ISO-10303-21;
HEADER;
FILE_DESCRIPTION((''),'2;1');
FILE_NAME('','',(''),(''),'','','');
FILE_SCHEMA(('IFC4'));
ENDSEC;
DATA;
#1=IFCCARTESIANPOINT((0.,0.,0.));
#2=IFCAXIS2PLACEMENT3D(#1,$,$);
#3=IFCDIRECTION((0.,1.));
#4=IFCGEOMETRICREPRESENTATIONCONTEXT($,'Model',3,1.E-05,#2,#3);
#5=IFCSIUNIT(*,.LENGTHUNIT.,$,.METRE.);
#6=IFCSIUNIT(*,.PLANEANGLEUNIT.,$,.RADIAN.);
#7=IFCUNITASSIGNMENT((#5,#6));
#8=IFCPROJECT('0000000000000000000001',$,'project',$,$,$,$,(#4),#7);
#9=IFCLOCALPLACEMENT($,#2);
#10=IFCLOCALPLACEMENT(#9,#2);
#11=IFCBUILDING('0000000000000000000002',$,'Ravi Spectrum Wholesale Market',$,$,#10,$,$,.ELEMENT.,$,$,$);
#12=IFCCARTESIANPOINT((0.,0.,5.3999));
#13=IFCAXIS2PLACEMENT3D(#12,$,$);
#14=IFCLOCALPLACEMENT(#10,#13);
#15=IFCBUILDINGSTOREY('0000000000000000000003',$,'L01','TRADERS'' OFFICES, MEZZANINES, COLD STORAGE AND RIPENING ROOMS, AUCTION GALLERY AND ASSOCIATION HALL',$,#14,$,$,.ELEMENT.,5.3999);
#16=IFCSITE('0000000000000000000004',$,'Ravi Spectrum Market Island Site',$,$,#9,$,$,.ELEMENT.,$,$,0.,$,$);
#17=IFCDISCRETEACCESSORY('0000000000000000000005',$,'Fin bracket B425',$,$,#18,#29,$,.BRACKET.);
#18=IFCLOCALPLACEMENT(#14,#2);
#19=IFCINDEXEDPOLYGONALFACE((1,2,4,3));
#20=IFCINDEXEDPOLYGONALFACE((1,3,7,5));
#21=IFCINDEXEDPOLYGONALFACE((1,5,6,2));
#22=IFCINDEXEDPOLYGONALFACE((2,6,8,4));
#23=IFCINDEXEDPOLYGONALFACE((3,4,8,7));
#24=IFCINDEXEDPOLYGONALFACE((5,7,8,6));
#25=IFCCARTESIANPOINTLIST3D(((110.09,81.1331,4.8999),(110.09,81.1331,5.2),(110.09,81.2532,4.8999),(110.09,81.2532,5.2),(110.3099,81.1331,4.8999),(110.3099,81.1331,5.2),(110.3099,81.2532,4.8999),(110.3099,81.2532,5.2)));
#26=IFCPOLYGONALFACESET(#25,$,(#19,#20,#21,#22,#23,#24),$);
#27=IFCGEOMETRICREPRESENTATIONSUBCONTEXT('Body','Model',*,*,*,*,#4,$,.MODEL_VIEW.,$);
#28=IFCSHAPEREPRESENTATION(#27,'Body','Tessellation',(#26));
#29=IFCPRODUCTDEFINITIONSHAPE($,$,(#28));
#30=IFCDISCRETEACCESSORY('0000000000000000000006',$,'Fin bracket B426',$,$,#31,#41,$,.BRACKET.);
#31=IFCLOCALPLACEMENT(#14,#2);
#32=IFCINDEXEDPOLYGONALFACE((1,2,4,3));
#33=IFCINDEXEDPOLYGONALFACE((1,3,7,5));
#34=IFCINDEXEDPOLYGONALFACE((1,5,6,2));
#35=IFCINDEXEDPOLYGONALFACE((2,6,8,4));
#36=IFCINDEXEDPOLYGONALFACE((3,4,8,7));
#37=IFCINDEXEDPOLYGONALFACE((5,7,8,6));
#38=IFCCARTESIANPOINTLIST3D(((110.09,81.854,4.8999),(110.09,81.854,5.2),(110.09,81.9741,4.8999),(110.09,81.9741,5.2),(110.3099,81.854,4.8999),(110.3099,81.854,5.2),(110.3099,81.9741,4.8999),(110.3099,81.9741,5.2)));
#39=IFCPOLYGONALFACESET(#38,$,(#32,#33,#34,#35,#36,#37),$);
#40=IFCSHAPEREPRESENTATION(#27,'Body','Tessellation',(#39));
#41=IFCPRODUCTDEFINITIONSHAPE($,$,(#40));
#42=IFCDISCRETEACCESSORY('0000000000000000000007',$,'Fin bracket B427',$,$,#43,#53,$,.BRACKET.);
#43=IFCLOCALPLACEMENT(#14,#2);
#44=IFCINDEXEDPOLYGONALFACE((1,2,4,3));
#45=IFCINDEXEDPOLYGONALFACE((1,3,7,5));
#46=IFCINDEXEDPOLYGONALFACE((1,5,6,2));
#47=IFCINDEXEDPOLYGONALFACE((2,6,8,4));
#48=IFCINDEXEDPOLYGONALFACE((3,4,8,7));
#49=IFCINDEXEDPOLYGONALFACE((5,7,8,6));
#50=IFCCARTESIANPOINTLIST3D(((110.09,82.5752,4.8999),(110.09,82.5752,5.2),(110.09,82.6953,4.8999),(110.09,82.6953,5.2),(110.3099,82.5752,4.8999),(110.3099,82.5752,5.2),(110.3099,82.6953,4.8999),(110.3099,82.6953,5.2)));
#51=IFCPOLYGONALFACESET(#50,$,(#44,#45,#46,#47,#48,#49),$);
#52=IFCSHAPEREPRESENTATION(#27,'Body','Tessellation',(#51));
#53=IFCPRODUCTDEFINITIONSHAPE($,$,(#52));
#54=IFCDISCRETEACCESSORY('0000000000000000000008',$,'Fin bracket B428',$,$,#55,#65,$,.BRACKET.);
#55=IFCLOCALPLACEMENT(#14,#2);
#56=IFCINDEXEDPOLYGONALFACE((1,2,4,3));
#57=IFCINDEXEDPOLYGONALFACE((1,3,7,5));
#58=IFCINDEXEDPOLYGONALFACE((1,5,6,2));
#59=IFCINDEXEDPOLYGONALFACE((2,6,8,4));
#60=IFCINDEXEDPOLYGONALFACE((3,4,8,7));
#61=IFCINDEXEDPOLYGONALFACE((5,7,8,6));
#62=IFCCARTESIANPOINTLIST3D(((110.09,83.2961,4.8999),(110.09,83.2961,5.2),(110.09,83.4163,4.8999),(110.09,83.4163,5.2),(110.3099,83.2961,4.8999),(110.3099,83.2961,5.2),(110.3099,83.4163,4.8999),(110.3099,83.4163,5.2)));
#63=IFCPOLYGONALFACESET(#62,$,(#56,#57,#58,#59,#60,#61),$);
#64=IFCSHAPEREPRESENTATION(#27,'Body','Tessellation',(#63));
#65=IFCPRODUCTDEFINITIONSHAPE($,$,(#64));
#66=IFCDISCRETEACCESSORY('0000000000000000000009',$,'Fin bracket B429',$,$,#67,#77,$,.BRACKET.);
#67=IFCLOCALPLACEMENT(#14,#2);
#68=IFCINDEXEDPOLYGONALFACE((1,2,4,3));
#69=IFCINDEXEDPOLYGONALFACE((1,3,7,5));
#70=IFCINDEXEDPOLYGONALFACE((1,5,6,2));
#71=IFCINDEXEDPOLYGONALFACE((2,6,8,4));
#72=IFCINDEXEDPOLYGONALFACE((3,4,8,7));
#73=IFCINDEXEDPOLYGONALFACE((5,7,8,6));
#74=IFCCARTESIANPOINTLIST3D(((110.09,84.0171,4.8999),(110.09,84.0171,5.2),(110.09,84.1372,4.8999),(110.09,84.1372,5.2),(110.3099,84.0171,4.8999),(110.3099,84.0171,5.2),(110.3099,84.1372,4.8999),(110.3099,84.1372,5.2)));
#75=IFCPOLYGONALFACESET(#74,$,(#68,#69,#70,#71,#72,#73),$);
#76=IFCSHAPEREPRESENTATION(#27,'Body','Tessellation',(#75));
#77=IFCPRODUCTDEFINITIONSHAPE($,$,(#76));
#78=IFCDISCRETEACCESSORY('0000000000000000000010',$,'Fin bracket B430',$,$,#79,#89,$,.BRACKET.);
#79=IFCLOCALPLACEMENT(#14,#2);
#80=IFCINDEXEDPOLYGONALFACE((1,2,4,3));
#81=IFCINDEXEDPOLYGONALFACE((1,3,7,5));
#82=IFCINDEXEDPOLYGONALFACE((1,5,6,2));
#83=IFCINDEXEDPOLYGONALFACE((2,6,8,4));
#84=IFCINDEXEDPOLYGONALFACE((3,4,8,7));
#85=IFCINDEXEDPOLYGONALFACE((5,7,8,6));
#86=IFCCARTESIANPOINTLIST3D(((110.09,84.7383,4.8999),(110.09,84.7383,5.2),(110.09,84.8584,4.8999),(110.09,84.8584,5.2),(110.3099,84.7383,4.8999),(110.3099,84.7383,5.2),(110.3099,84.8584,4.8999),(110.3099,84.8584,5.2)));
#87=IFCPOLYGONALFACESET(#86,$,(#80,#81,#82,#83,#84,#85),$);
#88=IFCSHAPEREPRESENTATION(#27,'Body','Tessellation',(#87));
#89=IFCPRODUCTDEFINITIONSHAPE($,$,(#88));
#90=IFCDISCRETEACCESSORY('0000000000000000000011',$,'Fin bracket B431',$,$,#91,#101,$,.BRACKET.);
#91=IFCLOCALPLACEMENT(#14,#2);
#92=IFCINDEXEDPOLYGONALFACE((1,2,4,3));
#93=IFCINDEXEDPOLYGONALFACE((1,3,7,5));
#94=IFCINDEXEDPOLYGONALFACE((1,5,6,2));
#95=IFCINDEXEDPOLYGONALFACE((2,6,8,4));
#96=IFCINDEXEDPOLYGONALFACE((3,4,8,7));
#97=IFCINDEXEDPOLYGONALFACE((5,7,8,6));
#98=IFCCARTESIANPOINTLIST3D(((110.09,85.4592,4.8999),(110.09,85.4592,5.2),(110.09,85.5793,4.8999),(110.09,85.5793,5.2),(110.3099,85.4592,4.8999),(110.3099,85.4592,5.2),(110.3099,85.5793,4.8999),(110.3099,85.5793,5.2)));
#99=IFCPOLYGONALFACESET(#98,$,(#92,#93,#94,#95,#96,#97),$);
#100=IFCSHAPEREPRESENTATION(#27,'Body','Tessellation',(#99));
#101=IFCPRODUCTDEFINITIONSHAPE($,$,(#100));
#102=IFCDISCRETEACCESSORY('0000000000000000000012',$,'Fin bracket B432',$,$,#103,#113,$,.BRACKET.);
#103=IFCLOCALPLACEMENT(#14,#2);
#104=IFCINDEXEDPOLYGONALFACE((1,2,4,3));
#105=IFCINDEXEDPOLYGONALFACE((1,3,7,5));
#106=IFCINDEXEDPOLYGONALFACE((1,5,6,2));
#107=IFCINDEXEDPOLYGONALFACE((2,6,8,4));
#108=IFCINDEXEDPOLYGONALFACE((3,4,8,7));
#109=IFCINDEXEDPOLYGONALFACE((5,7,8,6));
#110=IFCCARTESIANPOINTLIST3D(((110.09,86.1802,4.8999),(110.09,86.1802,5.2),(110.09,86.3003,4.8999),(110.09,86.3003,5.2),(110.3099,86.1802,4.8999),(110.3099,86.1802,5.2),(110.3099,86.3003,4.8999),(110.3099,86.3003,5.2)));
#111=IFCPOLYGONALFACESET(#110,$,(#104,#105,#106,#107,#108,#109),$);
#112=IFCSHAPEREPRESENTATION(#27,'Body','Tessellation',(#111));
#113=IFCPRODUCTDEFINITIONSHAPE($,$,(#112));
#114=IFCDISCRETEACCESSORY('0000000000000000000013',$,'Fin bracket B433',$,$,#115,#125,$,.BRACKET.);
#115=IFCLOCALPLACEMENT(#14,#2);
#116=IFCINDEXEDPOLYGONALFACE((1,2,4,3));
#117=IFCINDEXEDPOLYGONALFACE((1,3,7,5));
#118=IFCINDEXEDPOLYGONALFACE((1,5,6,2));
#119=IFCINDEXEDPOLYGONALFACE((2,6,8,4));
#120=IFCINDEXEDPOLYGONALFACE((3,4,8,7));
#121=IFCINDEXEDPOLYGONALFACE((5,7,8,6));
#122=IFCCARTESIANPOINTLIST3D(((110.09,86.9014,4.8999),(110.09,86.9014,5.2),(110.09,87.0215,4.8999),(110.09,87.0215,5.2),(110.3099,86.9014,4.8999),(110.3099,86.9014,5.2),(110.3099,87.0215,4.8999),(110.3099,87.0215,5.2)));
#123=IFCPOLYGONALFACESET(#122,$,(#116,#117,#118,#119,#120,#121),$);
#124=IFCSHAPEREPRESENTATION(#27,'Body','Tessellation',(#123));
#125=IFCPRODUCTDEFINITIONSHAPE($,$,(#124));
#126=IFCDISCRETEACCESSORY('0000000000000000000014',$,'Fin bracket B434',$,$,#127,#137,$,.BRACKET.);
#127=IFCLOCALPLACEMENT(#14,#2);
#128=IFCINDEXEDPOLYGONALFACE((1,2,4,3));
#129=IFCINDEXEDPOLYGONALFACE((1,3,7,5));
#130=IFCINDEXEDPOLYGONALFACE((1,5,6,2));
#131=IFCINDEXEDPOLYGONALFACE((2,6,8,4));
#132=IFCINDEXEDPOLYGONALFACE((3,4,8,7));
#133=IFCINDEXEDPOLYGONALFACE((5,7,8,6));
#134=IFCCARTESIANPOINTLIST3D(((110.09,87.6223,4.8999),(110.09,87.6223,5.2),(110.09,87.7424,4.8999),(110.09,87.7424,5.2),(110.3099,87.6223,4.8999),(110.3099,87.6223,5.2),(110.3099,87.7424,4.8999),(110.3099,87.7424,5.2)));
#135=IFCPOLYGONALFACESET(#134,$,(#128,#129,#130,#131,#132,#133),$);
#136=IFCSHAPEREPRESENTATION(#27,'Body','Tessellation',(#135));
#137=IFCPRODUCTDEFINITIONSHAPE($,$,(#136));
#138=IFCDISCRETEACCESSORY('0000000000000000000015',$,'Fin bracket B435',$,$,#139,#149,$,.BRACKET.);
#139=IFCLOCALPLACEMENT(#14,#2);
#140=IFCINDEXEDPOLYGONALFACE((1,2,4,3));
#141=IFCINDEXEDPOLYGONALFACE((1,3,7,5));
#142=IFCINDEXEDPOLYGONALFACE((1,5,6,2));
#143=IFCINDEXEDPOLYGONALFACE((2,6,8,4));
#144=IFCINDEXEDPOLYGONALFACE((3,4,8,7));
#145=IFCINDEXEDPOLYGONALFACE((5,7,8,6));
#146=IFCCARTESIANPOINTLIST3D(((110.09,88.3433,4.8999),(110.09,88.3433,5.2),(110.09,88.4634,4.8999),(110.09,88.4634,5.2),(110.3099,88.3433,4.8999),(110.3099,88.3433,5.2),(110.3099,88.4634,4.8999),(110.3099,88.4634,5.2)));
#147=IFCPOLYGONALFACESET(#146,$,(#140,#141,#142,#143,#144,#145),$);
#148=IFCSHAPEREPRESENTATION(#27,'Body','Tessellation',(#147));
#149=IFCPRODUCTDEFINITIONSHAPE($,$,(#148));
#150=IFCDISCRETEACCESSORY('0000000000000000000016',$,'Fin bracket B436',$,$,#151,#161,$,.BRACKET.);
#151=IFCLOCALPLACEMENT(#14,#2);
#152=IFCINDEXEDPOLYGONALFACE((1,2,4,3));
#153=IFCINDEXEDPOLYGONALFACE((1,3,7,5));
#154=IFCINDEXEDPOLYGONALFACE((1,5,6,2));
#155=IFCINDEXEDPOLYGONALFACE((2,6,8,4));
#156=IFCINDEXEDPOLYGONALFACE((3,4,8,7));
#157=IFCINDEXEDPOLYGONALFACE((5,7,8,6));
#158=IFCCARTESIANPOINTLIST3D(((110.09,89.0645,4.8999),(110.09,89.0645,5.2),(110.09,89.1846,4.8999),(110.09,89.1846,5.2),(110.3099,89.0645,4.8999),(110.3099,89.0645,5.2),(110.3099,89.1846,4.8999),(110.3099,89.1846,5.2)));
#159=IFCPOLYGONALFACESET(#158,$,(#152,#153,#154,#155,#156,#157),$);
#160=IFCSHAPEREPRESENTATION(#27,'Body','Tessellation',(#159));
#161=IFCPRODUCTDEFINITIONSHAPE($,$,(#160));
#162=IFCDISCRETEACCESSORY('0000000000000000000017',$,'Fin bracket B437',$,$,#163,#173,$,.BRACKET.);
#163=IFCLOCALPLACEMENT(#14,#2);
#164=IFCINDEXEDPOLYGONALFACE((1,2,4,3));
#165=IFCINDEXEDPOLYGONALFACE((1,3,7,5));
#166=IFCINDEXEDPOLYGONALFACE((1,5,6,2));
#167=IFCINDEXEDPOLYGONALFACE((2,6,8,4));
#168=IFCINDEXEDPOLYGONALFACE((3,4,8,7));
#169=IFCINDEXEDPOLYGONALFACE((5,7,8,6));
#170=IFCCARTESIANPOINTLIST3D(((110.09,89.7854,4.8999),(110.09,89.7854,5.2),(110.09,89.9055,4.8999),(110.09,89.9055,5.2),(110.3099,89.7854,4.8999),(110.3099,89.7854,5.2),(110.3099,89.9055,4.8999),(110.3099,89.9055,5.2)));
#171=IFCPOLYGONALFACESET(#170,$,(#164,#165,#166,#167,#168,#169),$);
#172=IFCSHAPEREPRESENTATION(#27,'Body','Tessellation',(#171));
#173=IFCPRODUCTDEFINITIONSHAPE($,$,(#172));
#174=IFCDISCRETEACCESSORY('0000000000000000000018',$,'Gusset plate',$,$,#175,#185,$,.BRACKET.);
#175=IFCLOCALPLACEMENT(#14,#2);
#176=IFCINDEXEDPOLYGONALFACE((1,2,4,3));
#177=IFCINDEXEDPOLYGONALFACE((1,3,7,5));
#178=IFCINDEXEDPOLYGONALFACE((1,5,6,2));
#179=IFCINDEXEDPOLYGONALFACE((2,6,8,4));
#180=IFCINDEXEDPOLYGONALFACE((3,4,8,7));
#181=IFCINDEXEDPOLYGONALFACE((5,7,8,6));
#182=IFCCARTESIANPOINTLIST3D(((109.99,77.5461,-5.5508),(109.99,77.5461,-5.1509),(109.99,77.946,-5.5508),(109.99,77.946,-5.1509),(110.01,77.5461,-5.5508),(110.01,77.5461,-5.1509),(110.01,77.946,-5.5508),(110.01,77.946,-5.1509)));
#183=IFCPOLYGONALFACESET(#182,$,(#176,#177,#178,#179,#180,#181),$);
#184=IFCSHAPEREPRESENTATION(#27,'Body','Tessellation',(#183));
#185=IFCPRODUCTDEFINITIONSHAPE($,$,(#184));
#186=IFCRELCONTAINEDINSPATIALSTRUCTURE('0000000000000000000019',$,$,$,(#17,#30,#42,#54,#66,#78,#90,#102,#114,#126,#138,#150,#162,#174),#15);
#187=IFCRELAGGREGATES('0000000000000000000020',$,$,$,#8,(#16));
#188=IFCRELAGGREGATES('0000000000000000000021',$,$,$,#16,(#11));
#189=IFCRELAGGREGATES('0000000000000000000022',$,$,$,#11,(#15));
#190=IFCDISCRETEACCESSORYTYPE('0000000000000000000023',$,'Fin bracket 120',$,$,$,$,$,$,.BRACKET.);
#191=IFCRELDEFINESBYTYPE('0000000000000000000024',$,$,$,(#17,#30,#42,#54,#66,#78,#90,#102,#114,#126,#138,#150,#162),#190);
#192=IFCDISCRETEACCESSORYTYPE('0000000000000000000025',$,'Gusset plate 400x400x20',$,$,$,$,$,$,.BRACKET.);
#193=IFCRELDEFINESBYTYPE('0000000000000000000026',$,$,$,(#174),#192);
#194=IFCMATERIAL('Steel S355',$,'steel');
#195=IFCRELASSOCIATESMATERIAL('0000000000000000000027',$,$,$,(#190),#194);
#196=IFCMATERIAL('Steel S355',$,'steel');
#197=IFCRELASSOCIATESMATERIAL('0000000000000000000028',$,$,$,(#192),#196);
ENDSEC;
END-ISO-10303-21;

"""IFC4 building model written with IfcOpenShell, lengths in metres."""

from ifc_helpers import new_model, si_unit, direction, frame, origin, origin_2d, place, context, subcontext, project, spatial, rectangle, extrude, material, material_profile, profile_set, type_object, element, save


model = new_model("IFC4")

# Units and contexts
model_context = context("Model", 3, precision=1e-05, world=origin(), true_north=direction((0.0, 1.0)))
body_context = subcontext(model_context, "Body", "Model", "MODEL_VIEW")
ifc_project = project(units=[si_unit("LENGTHUNIT", "METRE"), si_unit("PLANEANGLEUNIT", "RADIAN")], contexts=[model_context])

# Site, building, storey
site_placement = place(None, origin())
site = spatial("IfcSite", under=ifc_project, at=site_placement, Name="Ravi Spectrum Market Island Site", CompositionType="ELEMENT", RefElevation=0.0)
building_placement = place(site_placement, origin())
building = spatial("IfcBuilding", under=site, at=building_placement, Name="Ravi Spectrum Wholesale Market", CompositionType="ELEMENT")
storey_placement = place(building_placement, frame((0.0, 0.0, 5.3999)))
storey = spatial("IfcBuildingStorey", under=building, at=storey_placement, Name="L01", Description="TRADERS' OFFICES, MEZZANINES, COLD STORAGE AND RIPENING ROOMS, AUCTION GALLERY AND ASSOCIATION HALL", CompositionType="ELEMENT", Elevation=5.3999)

# Discrete accessories
ifc_material_1 = material(Name="Steel S355", Category="steel")
discrete_accessory_type_1 = type_object("IfcDiscreteAccessoryType", Name="Fin bracket 120", PredefinedType="BRACKET", material=ifc_material_1)
for number, where, z_axis, x_axis, name in (
    (1, (110.2, 81.1931, 4.8999), (0.0, 0.0, 1.0), (0.0, 1.0, 0.0), "Fin bracket B425"),
    (2, (110.2, 81.9141, 4.8999), (0.0, 0.0, 1.0), (0.0, 1.0, 0.0), "Fin bracket B426"),
    (3, (110.2, 82.6353, 4.8999), (0.0, 0.0, 1.0), (0.0, 1.0, 0.0), "Fin bracket B427"),
    (4, (110.2, 83.3562, 4.8999), (0.0, 0.0, 1.0), (0.0, 1.0, 0.0), "Fin bracket B428"),
    (5, (110.2, 84.0771, 4.8999), (0.0, 0.0, 1.0), (0.0, 1.0, 0.0), "Fin bracket B429"),
    (6, (110.2, 84.7983, 4.8999), (0.0, 0.0, 1.0), (0.0, 1.0, 0.0), "Fin bracket B430"),
    (7, (110.2, 85.5193, 4.8999), (0.0, 0.0, 1.0), (0.0, 1.0, 0.0), "Fin bracket B431"),
    (8, (110.2, 86.2402, 4.8999), (0.0, 0.0, 1.0), (0.0, 1.0, 0.0), "Fin bracket B432"),
    (9, (110.2, 86.9614, 4.8999), (0.0, 0.0, 1.0), (0.0, 1.0, 0.0), "Fin bracket B433"),
    (10, (110.2, 87.6824, 4.8999), (0.0, 0.0, 1.0), (0.0, 1.0, 0.0), "Fin bracket B434"),
    (11, (110.2, 88.4033, 4.8999), (0.0, 0.0, 1.0), (0.0, 1.0, 0.0), "Fin bracket B435"),
    (12, (110.2, 89.1245, 4.8999), (0.0, 0.0, 1.0), (0.0, 1.0, 0.0), "Fin bracket B436"),
    (13, (110.2, 89.8455, 4.8999), (0.0, 0.0, 1.0), (0.0, 1.0, 0.0), "Fin bracket B437"),
):
    element("IfcDiscreteAccessory", number, at=place(storey_placement, frame(where, z_axis=z_axis, x_axis=x_axis)), inside=storey, type_object=discrete_accessory_type_1, Name=name, PredefinedType="BRACKET", context=body_context, shape_type="SweptSolid", body=[
        extrude(rectangle(XDim=0.1201, YDim=0.22, at=origin_2d()), origin(), (0.0, 0.0, 1.0), 0.3),
    ])
ifc_material_2 = material(Name="Steel S355", Category="steel")
ifc_material_profile_1 = material_profile(ifc_material_2, rectangle(XDim=0.3999, YDim=0.02, at=origin_2d()))
ifc_profile_set_1 = profile_set([ifc_material_profile_1], Name="Steel S355")
discrete_accessory_type_2 = type_object("IfcDiscreteAccessoryType", Name="Gusset plate 400x400x20", PredefinedType="BRACKET", material=ifc_profile_set_1)
discrete_accessory_placement = place(storey_placement, frame((110.0, 77.7461, -5.5508), z_axis=(0.0, 0.0, 1.0), x_axis=(0.0, -1.0, 0.0)))
element("IfcDiscreteAccessory", 14, at=discrete_accessory_placement, inside=storey, type_object=discrete_accessory_type_2, Name="Gusset plate", PredefinedType="BRACKET", context=body_context, shape_type="SweptSolid", body=[
    extrude(rectangle(XDim=0.3999, YDim=0.02, at=origin_2d()), origin(), (0.0, 0.0, 1.0), 0.3999),
])

save(model, "model.ifc")
